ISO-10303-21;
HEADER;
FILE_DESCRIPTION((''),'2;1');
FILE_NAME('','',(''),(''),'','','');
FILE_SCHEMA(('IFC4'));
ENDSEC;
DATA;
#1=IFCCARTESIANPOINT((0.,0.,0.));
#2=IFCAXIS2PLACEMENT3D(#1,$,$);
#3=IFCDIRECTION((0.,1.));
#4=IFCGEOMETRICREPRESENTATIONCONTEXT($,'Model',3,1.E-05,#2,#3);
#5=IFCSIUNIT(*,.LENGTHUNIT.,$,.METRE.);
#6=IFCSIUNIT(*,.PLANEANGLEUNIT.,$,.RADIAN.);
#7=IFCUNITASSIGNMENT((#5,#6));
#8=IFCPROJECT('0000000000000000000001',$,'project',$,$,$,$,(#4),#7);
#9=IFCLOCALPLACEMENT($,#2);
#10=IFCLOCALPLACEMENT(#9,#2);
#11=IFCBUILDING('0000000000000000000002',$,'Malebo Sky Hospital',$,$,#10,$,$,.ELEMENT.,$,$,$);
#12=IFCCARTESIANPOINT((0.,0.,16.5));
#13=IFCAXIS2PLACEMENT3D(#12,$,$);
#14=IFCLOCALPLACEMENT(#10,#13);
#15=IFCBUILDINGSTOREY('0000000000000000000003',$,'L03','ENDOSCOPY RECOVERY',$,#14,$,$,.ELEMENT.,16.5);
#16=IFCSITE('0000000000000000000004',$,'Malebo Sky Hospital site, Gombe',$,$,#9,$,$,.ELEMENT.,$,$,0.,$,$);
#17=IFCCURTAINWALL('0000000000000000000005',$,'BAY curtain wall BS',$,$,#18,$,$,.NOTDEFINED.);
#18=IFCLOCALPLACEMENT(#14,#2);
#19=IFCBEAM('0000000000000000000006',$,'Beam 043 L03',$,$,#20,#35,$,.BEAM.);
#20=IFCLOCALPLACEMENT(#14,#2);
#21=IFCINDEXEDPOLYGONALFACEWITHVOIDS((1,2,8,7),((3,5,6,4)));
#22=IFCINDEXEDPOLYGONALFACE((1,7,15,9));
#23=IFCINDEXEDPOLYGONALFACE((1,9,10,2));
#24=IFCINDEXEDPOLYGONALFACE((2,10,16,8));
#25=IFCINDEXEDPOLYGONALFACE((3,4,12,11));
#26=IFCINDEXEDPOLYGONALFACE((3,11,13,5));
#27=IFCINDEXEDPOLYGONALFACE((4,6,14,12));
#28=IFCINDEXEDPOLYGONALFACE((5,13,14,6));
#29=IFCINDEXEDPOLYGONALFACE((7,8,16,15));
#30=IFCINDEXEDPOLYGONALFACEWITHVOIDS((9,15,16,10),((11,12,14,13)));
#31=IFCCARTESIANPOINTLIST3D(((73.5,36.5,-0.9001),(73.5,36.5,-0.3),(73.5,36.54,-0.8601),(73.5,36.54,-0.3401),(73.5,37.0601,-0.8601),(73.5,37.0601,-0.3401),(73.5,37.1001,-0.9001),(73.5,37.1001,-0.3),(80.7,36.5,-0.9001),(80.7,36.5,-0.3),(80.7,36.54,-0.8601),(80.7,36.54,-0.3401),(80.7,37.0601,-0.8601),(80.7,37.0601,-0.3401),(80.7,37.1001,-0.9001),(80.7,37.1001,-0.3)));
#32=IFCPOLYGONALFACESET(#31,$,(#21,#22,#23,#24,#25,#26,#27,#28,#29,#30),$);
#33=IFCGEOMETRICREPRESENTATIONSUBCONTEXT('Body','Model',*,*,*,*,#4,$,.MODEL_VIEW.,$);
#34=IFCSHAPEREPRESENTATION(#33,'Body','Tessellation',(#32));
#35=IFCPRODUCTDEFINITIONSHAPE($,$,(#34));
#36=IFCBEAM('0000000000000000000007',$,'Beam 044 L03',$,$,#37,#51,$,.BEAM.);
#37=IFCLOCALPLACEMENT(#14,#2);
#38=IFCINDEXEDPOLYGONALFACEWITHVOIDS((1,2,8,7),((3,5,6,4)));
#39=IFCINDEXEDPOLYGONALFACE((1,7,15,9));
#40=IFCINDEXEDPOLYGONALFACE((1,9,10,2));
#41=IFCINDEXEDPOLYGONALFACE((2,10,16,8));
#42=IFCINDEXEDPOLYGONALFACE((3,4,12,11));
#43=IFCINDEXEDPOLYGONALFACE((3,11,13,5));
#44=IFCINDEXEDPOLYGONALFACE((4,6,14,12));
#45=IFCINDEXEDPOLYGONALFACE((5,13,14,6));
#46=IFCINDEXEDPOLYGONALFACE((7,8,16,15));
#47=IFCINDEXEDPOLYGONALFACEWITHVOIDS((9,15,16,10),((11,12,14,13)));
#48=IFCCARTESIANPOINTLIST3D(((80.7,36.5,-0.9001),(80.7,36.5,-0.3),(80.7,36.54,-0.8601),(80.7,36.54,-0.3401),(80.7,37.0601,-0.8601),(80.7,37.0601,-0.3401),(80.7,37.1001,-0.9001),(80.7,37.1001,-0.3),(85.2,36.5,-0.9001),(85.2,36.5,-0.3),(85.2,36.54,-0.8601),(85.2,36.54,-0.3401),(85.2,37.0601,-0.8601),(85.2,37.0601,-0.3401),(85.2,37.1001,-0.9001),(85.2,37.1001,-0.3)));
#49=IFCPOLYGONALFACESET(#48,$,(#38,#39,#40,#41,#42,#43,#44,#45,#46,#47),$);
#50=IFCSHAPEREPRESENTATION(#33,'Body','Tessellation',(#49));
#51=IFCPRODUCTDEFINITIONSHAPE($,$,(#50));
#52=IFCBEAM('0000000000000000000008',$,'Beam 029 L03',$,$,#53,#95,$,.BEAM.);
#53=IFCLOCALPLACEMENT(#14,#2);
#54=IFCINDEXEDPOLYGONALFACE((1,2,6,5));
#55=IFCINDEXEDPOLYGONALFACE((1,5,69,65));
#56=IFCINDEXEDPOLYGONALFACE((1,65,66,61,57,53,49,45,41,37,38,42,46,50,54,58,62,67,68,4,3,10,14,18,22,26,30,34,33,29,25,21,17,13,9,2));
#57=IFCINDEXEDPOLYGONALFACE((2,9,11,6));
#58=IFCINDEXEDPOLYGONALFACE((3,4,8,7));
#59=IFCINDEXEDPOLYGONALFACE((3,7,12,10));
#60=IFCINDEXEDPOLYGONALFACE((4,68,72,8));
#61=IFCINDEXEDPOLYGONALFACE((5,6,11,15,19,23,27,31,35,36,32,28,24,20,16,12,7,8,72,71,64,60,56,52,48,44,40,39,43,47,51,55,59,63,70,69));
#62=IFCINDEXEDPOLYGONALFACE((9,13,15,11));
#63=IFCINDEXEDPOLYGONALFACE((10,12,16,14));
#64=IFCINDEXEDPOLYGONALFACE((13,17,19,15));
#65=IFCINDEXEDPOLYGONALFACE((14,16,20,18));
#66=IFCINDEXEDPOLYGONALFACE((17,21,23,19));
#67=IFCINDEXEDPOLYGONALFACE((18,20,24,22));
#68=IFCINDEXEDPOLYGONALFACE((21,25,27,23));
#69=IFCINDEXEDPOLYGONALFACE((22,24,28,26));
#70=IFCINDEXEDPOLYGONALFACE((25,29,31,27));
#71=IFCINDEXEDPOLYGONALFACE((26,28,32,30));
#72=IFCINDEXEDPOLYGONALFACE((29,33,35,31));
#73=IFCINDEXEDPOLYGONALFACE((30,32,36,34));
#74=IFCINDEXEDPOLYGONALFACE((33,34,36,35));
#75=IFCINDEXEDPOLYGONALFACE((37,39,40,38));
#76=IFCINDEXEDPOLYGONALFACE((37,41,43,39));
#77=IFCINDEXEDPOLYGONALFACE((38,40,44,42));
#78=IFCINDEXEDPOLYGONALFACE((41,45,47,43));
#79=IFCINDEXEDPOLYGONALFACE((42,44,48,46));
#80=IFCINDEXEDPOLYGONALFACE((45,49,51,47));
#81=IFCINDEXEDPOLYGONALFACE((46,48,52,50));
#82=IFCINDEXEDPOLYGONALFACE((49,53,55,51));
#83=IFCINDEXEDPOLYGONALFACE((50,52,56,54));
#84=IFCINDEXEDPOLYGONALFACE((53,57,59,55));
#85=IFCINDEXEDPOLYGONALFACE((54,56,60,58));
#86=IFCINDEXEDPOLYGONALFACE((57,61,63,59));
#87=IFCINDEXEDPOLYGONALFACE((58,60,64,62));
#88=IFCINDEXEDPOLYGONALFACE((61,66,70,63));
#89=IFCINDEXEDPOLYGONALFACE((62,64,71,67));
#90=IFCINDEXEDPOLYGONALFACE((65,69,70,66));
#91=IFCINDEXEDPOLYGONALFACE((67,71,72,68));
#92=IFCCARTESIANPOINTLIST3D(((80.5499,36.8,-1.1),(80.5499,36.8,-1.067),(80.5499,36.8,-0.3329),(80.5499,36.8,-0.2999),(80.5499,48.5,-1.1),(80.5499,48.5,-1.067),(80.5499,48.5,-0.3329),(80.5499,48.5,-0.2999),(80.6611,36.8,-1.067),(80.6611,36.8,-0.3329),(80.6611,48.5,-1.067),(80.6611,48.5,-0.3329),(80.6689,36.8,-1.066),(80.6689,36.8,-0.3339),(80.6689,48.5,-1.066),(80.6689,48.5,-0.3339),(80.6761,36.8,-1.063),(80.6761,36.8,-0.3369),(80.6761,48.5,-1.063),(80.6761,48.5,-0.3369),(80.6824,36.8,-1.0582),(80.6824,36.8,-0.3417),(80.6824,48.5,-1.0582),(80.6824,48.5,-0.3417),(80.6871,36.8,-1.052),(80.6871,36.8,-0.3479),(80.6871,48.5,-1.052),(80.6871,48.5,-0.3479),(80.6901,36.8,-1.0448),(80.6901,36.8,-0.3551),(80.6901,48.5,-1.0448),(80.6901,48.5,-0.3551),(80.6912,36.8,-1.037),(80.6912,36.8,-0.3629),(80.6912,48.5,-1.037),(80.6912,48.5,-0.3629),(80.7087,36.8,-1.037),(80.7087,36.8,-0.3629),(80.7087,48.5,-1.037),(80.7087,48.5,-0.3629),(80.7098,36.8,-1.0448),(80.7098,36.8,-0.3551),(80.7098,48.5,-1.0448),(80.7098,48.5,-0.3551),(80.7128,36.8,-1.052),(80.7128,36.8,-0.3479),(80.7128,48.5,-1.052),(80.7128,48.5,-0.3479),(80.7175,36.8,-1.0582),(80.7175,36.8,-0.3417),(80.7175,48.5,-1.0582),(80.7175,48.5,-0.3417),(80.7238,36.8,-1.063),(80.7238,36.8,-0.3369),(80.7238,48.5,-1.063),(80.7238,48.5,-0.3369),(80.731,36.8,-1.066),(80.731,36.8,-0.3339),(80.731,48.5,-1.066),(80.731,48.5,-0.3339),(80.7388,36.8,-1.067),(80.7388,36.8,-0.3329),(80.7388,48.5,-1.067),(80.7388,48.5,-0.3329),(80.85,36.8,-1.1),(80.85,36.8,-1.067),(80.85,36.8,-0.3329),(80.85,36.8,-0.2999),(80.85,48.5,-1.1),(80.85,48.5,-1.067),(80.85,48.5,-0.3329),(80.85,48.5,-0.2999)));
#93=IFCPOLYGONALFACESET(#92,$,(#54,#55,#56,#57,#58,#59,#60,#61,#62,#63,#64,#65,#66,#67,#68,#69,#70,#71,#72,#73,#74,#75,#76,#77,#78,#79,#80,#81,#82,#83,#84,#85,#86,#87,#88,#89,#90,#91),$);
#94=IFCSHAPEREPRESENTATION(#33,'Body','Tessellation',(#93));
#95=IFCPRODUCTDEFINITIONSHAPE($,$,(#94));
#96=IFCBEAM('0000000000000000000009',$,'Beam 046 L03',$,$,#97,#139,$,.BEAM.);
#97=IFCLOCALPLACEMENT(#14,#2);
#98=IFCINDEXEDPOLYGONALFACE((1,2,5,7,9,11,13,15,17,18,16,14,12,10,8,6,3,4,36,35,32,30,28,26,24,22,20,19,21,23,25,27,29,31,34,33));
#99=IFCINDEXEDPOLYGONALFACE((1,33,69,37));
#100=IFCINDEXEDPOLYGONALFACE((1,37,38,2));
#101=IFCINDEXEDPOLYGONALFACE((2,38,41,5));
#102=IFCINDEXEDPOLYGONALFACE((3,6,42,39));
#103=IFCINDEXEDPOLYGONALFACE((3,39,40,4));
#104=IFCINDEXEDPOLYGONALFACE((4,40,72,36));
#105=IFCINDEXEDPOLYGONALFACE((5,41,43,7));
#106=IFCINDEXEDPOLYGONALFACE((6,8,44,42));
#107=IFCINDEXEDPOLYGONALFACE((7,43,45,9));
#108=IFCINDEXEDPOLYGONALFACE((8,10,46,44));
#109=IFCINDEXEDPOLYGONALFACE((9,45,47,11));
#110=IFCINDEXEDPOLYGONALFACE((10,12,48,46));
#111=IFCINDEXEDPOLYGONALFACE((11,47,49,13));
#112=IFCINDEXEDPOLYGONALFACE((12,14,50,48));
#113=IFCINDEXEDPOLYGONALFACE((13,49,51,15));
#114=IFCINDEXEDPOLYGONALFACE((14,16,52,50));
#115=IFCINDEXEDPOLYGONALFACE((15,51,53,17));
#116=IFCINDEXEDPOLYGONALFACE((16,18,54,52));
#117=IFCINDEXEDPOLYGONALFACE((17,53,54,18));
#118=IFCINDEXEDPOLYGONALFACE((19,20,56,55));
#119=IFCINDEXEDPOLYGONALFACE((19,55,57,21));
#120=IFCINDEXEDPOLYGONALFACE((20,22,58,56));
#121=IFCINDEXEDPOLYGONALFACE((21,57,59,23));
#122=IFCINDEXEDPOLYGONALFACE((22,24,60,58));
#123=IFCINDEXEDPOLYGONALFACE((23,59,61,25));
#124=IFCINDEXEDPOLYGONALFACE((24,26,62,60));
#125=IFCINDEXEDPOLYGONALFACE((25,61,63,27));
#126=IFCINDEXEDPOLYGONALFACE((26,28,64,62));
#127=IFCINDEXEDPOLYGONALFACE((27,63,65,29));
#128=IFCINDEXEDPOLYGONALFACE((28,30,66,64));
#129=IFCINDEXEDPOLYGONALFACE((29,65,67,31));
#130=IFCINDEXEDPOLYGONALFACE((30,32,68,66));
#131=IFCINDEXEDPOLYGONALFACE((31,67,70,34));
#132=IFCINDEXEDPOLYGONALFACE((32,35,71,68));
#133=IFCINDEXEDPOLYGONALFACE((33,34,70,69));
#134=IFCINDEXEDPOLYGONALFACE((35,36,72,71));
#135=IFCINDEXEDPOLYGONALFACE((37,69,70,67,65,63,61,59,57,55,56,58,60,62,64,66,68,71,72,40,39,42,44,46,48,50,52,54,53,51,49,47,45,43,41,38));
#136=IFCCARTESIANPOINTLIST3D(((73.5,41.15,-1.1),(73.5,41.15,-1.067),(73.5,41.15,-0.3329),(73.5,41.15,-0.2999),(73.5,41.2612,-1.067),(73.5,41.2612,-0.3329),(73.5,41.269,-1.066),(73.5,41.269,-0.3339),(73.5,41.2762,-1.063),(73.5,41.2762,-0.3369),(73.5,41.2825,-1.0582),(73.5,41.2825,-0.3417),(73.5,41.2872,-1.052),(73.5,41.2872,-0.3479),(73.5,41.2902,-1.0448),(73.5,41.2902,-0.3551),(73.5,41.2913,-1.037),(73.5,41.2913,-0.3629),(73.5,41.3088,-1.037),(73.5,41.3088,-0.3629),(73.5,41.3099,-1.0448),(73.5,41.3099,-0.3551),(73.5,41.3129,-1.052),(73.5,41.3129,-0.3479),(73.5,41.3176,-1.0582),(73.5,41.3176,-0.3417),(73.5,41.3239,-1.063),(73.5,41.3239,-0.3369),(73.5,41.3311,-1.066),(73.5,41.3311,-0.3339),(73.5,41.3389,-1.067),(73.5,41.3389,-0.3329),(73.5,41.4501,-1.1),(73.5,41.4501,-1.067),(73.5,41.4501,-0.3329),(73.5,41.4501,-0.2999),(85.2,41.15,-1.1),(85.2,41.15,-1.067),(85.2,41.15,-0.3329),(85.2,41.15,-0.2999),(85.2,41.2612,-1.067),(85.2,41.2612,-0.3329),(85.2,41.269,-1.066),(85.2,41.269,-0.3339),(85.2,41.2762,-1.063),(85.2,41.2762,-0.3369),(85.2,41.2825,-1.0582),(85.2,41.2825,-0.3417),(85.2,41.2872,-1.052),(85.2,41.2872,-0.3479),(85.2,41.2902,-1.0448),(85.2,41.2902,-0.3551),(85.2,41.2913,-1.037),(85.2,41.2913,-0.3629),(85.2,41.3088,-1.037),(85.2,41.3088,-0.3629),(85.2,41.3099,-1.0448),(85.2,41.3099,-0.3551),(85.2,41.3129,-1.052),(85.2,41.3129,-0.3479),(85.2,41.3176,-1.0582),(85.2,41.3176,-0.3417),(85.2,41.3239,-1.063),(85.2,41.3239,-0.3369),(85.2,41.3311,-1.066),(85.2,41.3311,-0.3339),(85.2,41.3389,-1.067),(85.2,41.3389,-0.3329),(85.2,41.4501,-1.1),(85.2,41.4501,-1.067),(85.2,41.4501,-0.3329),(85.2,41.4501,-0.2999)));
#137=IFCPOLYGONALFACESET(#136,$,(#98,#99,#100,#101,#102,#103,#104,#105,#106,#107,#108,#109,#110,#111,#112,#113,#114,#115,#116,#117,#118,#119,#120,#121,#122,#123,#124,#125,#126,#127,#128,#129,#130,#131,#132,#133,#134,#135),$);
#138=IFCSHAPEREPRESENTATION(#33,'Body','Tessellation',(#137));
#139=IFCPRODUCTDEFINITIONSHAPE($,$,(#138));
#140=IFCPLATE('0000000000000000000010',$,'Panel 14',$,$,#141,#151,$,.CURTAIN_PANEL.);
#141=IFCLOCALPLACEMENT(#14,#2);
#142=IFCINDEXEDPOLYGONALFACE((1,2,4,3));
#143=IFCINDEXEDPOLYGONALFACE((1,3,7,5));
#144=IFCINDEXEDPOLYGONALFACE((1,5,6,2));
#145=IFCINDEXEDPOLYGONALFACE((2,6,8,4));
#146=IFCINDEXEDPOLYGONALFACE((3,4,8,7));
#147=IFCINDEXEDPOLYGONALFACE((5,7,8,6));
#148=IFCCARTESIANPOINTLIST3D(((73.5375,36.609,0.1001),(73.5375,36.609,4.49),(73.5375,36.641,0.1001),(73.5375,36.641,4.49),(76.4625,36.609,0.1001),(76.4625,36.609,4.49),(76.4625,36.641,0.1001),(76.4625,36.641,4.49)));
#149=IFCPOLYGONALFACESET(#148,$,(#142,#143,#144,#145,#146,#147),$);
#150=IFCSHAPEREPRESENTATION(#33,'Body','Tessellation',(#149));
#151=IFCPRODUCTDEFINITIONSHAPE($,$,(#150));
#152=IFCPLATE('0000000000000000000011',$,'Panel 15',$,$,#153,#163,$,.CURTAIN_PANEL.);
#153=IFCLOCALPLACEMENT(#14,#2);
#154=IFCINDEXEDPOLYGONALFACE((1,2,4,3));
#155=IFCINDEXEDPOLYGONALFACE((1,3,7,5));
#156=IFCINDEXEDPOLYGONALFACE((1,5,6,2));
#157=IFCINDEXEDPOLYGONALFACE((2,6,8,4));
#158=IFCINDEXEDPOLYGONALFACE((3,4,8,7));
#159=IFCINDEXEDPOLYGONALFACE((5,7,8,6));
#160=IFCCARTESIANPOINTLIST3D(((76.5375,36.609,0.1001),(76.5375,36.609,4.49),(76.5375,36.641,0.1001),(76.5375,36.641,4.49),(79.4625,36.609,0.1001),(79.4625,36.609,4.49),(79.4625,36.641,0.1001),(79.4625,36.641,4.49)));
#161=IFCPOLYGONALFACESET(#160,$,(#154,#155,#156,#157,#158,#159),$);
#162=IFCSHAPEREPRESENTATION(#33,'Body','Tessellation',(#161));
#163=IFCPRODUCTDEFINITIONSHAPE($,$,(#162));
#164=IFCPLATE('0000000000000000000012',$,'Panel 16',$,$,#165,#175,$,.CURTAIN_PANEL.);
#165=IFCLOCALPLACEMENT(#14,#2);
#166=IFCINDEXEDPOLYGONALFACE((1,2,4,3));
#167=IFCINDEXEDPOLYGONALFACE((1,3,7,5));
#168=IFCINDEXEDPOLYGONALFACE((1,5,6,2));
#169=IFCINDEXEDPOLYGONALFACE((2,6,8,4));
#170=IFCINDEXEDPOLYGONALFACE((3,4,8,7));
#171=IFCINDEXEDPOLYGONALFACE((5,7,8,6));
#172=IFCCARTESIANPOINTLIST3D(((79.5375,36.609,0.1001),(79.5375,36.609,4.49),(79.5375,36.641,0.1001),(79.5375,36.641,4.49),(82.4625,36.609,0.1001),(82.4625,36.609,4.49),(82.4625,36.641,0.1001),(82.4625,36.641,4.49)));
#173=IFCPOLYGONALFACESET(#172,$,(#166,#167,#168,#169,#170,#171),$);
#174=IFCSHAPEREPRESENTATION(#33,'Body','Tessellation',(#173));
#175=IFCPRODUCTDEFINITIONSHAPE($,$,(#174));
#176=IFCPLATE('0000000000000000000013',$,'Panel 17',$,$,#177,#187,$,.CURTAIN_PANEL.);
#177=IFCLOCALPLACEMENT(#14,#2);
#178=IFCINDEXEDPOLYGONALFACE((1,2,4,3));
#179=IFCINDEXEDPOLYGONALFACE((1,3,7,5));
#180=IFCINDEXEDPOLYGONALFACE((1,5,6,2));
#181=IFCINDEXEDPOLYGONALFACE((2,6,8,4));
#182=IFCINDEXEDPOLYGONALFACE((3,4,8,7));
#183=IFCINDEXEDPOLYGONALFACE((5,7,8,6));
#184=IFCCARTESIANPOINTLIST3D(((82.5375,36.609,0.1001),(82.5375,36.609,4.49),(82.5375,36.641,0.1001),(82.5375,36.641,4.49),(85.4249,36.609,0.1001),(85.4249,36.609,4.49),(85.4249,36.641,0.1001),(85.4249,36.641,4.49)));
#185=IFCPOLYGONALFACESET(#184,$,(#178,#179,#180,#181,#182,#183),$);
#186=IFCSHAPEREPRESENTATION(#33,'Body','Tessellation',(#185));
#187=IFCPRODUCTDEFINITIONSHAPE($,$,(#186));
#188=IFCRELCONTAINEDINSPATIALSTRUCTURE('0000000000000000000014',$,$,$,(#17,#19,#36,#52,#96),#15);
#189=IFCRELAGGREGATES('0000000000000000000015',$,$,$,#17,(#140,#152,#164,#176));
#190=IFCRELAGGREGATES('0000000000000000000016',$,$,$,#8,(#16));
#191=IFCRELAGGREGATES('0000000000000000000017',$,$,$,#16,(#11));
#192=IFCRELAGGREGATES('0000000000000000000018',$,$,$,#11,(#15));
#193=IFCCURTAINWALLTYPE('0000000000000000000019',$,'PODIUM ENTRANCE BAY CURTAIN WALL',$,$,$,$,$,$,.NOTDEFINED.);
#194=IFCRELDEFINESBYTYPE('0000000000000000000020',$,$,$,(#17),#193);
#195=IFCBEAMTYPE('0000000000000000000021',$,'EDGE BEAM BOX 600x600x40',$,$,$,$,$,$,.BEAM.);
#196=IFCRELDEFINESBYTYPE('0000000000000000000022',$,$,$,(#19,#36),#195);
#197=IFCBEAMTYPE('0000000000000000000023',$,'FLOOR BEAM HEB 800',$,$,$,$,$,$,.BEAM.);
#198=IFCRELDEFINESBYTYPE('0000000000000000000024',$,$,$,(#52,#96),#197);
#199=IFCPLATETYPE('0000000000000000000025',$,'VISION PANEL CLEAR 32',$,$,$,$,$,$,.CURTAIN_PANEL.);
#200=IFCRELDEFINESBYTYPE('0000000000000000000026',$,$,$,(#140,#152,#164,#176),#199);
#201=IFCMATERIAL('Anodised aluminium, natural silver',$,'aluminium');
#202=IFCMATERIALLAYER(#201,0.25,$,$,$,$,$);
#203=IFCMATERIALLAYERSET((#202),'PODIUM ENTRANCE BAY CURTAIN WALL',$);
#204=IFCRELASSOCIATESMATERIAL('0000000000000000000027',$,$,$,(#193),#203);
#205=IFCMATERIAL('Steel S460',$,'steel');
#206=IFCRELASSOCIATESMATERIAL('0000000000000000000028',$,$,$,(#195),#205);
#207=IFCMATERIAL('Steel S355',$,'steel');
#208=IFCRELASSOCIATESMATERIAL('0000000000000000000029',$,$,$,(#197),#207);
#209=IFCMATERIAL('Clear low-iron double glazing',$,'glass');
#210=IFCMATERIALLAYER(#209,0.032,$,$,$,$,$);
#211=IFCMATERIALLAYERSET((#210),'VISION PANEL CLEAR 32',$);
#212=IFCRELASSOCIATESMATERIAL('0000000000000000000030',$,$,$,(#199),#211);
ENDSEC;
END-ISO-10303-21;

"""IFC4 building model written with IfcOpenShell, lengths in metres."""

from ifc_helpers import new_model, si_unit, direction, frame, origin, origin_2d, place, context, subcontext, project, spatial, rectangle, hollow_rectangle, i_section, extrude, material, layer, layer_set, material_profile, profile_set, type_object, element, aggregate, save


model = new_model("IFC4")

# Units and contexts
model_context = context("Model", 3, precision=1e-05, world=origin(), true_north=direction((0.0, 1.0)))
body_context = subcontext(model_context, "Body", "Model", "MODEL_VIEW")
ifc_project = project(units=[si_unit("LENGTHUNIT", "METRE"), si_unit("PLANEANGLEUNIT", "RADIAN")], contexts=[model_context])

# Site, building, storey
site_placement = place(None, origin())
site = spatial("IfcSite", under=ifc_project, at=site_placement, Name="Malebo Sky Hospital site, Gombe", CompositionType="ELEMENT", RefElevation=0.0)
building_placement = place(site_placement, origin())
building = spatial("IfcBuilding", under=site, at=building_placement, Name="Malebo Sky Hospital", CompositionType="ELEMENT")
storey_placement = place(building_placement, frame((0.0, 0.0, 16.5)))
storey = spatial("IfcBuildingStorey", under=building, at=storey_placement, Name="L03", Description="ENDOSCOPY RECOVERY", CompositionType="ELEMENT", Elevation=16.5)

# Shared definitions
ifc_material_1 = material(Name="Steel S460", Category="steel")

# Curtain wall
ifc_material_2 = material(Name="Anodised aluminium, natural silver", Category="aluminium")
ifc_layer_1 = layer(ifc_material_2, 0.25)
ifc_layer_set_1 = layer_set([ifc_layer_1], Name="PODIUM ENTRANCE BAY CURTAIN WALL")
curtain_wall_type_1 = type_object("IfcCurtainWallType", Name="PODIUM ENTRANCE BAY CURTAIN WALL", PredefinedType="NOTDEFINED", material=ifc_layer_set_1)
curtain_wall_1_placement = place(storey_placement, origin())
curtain_wall_1 = element("IfcCurtainWall", 1, at=curtain_wall_1_placement, inside=storey, type_object=curtain_wall_type_1, Name="BAY curtain wall BS", PredefinedType="NOTDEFINED")

# Beams
ifc_material_profile_1 = material_profile(ifc_material_1, hollow_rectangle(XDim=0.6001, YDim=0.6001, WallThickness=0.04, at=origin_2d()), Name="BOX 600x600x40")
ifc_profile_set_1 = profile_set([ifc_material_profile_1], Name="Steel S460")
beam_type_1 = type_object("IfcBeamType", Name="EDGE BEAM BOX 600x600x40", PredefinedType="BEAM", material=ifc_profile_set_1)
beam_1_placement = place(storey_placement, frame((73.5, 36.8, -0.6001), z_axis=(1.0, 0.0, 0.0), x_axis=(0.0, 1.0, 0.0)))
element("IfcBeam", 2, at=beam_1_placement, inside=storey, type_object=beam_type_1, Name="Beam 043 L03", PredefinedType="BEAM", context=body_context, shape_type="SweptSolid", body=[
    extrude(hollow_rectangle(XDim=0.6001, YDim=0.6001, WallThickness=0.04, at=origin_2d()), origin(), (0.0, 0.0, 1.0), 7.2),
])
beam_2_placement = place(storey_placement, frame((80.7, 36.8, -0.6001), z_axis=(1.0, 0.0, 0.0), x_axis=(0.0, 1.0, 0.0)))
element("IfcBeam", 3, at=beam_2_placement, inside=storey, type_object=beam_type_1, Name="Beam 044 L03", PredefinedType="BEAM", context=body_context, shape_type="SweptSolid", body=[
    extrude(hollow_rectangle(XDim=0.6001, YDim=0.6001, WallThickness=0.04, at=origin_2d()), origin(), (0.0, 0.0, 1.0), 4.5),
])
ifc_material_3 = material(Name="Steel S355", Category="steel")
ifc_material_profile_2 = material_profile(ifc_material_3, i_section(OverallWidth=0.3, OverallDepth=0.8, WebThickness=0.0176, FlangeThickness=0.033, FilletRadius=0.03, at=origin_2d()), Name="HEB 800")
ifc_profile_set_2 = profile_set([ifc_material_profile_2], Name="Steel S355")
beam_type_2 = type_object("IfcBeamType", Name="FLOOR BEAM HEB 800", PredefinedType="BEAM", material=ifc_profile_set_2)
for number, where, z_axis, x_axis, name in (
    (4, (80.7, 36.8, -0.7), (0.0, 1.0, 0.0), (-1.0, 0.0, 0.0), "Beam 029 L03"),
    (5, (73.5, 41.3, -0.7), (1.0, 0.0, 0.0), (0.0, 1.0, 0.0), "Beam 046 L03"),
):
    element("IfcBeam", number, at=place(storey_placement, frame(where, z_axis=z_axis, x_axis=x_axis)), inside=storey, type_object=beam_type_2, Name=name, PredefinedType="BEAM", context=body_context, shape_type="SweptSolid", body=[
        extrude(i_section(OverallWidth=0.3, OverallDepth=0.8, WebThickness=0.0176, FlangeThickness=0.033, FilletRadius=0.03, at=origin_2d()), origin(), (0.0, 0.0, 1.0), 11.7),
    ])

# Plates
ifc_material_4 = material(Name="Clear low-iron double glazing", Category="glass")
ifc_layer_2 = layer(ifc_material_4, 0.032)
ifc_layer_set_2 = layer_set([ifc_layer_2], Name="VISION PANEL CLEAR 32")
plate_type = type_object("IfcPlateType", Name="VISION PANEL CLEAR 32", PredefinedType="CURTAIN_PANEL", material=ifc_layer_set_2)
plate_1_placement = place(storey_placement, frame((75.0, 36.625, 0.1001), z_axis=(0.0, 0.0, 1.0), x_axis=(1.0, 0.0, 0.0)))
plate_1 = element("IfcPlate", 6, at=plate_1_placement, type_object=plate_type, Name="Panel 14", PredefinedType="CURTAIN_PANEL", context=body_context, shape_type="SweptSolid", body=[
    extrude(rectangle(XDim=2.925, YDim=0.032, at=origin_2d()), origin(), (0.0, 0.0, 1.0), 4.3899),
])
plate_2_placement = place(storey_placement, frame((78.0, 36.625, 0.1001), z_axis=(0.0, 0.0, 1.0), x_axis=(1.0, 0.0, 0.0)))
plate_2 = element("IfcPlate", 7, at=plate_2_placement, type_object=plate_type, Name="Panel 15", PredefinedType="CURTAIN_PANEL", context=body_context, shape_type="SweptSolid", body=[
    extrude(rectangle(XDim=2.925, YDim=0.032, at=origin_2d()), origin(), (0.0, 0.0, 1.0), 4.3899),
])
plate_3_placement = place(storey_placement, frame((81.0, 36.625, 0.1001), z_axis=(0.0, 0.0, 1.0), x_axis=(1.0, 0.0, 0.0)))
plate_3 = element("IfcPlate", 8, at=plate_3_placement, type_object=plate_type, Name="Panel 16", PredefinedType="CURTAIN_PANEL", context=body_context, shape_type="SweptSolid", body=[
    extrude(rectangle(XDim=2.925, YDim=0.032, at=origin_2d()), origin(), (0.0, 0.0, 1.0), 4.3899),
])
plate_4_placement = place(storey_placement, frame((83.9812, 36.625, 0.1001), z_axis=(0.0, 0.0, 1.0), x_axis=(1.0, 0.0, 0.0)))
plate_4 = element("IfcPlate", 9, at=plate_4_placement, type_object=plate_type, Name="Panel 17", PredefinedType="CURTAIN_PANEL", context=body_context, shape_type="SweptSolid", body=[
    extrude(rectangle(XDim=2.8875, YDim=0.032, at=origin_2d()), origin(), (0.0, 0.0, 1.0), 4.3899),
])
aggregate(curtain_wall_1, [plate_1, plate_2, plate_3, plate_4])

save(model, "model.ifc")
